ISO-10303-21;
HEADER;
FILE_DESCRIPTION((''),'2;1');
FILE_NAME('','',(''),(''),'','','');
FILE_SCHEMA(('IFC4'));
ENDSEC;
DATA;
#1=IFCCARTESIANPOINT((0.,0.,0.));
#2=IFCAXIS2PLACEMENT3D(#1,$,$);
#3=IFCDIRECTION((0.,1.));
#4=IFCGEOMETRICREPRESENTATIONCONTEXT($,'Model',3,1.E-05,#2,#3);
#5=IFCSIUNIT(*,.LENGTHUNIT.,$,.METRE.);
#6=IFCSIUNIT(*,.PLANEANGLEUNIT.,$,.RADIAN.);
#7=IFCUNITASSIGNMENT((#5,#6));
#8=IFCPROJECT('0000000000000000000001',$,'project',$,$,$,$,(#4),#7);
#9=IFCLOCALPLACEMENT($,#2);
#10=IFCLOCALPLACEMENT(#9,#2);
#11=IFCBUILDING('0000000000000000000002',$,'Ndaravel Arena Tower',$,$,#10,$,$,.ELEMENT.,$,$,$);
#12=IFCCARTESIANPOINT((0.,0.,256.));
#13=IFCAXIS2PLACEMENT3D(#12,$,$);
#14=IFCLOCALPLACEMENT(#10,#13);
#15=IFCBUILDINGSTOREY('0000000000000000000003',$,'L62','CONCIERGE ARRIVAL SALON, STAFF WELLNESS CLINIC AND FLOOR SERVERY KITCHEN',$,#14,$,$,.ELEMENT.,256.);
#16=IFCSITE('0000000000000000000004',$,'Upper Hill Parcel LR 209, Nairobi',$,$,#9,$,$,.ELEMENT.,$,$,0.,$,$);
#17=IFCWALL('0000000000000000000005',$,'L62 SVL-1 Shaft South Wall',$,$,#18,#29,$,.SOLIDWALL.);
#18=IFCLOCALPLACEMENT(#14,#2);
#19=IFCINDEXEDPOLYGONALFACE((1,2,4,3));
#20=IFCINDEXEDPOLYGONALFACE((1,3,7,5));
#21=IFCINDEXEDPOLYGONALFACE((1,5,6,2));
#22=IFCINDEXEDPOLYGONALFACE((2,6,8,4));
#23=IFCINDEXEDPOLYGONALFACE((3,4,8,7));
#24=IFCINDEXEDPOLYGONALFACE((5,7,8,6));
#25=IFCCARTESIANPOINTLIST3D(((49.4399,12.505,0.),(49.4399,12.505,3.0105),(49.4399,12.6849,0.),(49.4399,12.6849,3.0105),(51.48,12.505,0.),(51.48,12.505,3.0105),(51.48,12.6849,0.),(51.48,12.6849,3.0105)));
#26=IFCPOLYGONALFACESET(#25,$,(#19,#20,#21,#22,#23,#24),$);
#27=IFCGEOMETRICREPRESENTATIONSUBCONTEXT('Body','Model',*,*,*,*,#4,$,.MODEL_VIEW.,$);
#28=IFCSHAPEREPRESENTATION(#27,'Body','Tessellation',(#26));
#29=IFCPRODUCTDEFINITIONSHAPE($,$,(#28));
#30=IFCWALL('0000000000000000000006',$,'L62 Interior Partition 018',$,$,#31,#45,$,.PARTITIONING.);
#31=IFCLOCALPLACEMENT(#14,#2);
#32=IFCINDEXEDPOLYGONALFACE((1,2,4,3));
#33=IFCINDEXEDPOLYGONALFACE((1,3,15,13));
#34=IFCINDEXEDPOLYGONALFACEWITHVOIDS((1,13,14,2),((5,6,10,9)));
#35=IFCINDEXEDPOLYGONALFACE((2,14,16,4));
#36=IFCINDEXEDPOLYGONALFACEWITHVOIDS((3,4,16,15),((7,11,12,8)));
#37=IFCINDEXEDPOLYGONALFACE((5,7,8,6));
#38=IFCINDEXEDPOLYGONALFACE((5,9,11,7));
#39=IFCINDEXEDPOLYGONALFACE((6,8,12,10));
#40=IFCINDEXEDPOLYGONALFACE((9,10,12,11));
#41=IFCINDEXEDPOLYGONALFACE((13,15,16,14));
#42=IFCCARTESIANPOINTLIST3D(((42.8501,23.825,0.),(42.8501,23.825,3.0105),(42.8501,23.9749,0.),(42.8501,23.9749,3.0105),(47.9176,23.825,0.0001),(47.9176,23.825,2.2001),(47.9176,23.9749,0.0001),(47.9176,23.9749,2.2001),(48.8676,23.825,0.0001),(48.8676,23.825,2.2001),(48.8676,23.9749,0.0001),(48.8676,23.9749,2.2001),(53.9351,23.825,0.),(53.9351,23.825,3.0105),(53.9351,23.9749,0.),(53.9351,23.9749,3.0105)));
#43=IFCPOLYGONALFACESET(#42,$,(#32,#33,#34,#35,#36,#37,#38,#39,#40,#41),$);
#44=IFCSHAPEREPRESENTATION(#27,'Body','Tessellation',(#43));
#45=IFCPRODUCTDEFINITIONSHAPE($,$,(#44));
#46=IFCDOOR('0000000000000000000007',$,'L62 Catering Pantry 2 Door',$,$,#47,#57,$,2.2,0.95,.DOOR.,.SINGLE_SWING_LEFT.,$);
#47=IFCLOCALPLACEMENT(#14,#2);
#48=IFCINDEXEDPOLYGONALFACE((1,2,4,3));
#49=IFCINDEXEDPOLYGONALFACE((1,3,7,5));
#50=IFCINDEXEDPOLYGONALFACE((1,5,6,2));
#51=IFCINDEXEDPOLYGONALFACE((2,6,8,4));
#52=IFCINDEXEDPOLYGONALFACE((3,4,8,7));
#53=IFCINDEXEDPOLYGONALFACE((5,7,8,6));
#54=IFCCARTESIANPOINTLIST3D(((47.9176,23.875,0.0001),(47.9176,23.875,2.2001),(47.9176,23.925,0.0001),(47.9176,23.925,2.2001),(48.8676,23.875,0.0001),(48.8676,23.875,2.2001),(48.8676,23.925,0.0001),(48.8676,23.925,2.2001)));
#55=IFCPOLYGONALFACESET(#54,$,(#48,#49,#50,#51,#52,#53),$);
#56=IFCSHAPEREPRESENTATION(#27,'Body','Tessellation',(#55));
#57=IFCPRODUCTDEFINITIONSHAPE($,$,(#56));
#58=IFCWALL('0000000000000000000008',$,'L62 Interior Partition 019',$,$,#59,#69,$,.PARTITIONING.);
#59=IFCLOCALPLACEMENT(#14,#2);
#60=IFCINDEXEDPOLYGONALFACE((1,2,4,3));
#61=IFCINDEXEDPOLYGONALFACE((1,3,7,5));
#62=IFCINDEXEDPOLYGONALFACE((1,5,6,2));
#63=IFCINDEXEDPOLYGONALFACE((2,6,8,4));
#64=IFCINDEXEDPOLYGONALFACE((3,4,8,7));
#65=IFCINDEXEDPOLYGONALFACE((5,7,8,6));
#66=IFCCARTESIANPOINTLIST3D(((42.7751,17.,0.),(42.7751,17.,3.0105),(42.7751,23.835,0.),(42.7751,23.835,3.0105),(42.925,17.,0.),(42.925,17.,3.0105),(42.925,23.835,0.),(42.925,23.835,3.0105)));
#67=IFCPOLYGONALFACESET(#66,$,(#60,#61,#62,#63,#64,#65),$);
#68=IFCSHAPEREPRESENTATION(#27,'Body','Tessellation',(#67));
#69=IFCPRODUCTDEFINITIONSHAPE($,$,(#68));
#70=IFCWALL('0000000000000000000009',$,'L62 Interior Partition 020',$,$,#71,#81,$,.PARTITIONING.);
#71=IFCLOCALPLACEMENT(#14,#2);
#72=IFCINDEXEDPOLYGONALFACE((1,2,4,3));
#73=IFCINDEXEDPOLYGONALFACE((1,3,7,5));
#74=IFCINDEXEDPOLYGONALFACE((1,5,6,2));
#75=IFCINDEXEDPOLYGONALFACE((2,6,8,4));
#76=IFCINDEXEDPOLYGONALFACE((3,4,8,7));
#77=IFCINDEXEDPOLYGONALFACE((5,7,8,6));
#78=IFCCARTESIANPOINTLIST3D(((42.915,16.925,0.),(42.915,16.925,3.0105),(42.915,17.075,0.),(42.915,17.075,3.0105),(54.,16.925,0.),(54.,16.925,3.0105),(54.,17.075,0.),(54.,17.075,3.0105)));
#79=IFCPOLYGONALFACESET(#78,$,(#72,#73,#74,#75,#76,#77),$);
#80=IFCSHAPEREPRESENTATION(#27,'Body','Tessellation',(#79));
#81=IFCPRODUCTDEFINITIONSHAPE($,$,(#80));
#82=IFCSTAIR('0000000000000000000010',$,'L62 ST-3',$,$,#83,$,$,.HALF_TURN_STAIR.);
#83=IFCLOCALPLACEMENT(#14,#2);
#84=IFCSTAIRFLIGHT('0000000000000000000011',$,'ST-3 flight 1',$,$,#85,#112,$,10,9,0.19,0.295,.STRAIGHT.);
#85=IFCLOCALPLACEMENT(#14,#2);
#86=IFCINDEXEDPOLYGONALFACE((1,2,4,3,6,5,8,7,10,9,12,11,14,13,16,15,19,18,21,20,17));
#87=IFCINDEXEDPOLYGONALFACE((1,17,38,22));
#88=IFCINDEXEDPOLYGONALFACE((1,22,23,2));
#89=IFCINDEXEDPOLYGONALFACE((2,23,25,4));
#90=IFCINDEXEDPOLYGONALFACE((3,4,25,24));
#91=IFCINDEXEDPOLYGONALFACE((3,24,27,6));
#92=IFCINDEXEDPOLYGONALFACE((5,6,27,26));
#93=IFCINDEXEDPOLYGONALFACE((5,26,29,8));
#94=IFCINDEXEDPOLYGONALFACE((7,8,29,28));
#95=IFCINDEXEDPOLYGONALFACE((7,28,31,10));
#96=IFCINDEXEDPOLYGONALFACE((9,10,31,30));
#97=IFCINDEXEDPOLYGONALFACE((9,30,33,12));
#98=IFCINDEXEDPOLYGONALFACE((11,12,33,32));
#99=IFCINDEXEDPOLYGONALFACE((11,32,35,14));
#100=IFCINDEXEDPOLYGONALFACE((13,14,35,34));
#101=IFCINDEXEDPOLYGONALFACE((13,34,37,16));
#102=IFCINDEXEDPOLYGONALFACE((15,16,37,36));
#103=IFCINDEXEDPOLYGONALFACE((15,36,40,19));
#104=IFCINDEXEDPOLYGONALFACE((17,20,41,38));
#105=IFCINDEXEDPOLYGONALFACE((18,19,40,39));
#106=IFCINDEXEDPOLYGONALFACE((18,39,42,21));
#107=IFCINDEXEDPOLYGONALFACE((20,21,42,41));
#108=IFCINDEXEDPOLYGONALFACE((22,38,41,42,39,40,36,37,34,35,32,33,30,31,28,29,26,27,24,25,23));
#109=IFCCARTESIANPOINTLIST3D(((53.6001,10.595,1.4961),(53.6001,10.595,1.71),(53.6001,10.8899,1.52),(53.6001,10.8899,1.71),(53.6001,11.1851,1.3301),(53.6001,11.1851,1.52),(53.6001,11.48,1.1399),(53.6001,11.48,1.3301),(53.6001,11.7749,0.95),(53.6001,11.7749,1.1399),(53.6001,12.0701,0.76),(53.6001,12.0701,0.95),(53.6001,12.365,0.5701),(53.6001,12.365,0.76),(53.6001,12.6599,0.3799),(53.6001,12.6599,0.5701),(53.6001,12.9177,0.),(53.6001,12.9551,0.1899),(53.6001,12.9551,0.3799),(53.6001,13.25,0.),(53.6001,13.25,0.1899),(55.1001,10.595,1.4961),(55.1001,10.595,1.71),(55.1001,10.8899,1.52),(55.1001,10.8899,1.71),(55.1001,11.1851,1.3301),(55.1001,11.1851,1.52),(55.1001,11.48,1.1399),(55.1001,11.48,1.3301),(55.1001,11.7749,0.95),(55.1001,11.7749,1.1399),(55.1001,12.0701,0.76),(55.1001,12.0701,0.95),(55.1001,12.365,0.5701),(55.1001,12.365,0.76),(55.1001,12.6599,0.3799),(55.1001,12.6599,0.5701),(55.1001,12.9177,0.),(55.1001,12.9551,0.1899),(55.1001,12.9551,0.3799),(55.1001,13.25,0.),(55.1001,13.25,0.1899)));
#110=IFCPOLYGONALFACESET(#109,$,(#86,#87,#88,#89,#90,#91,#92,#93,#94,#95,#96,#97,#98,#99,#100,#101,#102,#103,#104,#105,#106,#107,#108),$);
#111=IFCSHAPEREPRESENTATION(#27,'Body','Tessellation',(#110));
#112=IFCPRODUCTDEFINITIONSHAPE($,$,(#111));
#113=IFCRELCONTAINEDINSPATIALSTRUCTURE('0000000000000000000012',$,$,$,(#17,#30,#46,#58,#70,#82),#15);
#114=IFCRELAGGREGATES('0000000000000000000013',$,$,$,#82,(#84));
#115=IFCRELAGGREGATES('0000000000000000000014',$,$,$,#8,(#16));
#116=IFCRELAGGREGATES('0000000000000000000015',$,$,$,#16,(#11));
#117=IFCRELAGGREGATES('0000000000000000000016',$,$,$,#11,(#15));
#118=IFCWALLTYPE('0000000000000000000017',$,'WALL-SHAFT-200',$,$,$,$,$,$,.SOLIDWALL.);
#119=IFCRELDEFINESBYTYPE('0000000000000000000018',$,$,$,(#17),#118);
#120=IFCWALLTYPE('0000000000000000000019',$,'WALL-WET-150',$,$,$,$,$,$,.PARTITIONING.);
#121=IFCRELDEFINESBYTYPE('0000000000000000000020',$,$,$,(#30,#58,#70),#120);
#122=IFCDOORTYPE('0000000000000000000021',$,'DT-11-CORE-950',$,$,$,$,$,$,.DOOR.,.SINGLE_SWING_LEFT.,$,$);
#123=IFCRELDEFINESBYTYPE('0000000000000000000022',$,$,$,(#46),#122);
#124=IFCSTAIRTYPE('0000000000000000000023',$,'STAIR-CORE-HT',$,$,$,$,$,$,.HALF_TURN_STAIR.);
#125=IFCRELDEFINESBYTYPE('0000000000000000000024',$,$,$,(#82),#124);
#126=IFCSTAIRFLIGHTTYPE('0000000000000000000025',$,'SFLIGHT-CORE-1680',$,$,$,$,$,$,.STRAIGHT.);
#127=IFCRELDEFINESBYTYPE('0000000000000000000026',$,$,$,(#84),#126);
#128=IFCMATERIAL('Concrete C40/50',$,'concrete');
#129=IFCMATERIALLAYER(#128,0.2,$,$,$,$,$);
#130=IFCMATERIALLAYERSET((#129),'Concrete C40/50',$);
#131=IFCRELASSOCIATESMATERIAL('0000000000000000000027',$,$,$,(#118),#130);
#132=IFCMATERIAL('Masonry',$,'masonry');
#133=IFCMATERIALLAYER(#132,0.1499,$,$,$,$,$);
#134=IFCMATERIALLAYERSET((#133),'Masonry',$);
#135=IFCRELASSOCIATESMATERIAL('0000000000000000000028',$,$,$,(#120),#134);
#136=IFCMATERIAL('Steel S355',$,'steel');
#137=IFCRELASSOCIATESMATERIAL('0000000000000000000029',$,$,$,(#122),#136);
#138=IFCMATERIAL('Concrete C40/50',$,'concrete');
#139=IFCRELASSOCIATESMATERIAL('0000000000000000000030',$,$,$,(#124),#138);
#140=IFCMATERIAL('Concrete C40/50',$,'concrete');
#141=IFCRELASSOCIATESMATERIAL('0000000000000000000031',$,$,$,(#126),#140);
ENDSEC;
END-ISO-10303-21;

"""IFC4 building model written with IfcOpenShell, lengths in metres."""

from ifc_helpers import new_model, si_unit, direction, frame, frame_2d, origin, place, context, subcontext, project, spatial, polyline, rectangle, outline, extrude, material, layer, layer_set, type_object, element, fill, aggregate, save


model = new_model("IFC4")

# Units and contexts
model_context = context("Model", 3, precision=1e-05, world=origin(), true_north=direction((0.0, 1.0)))
body_context = subcontext(model_context, "Body", "Model", "MODEL_VIEW")
ifc_project = project(units=[si_unit("LENGTHUNIT", "METRE"), si_unit("PLANEANGLEUNIT", "RADIAN")], contexts=[model_context])

# Site, building, storey
site_placement = place(None, origin())
site = spatial("IfcSite", under=ifc_project, at=site_placement, Name="Upper Hill Parcel LR 209, Nairobi", CompositionType="ELEMENT", RefElevation=0.0)
building_placement = place(site_placement, origin())
building = spatial("IfcBuilding", under=site, at=building_placement, Name="Ndaravel Arena Tower", CompositionType="ELEMENT")
storey_placement = place(building_placement, frame((0.0, 0.0, 256.0)))
storey = spatial("IfcBuildingStorey", under=building, at=storey_placement, Name="L62", Description="CONCIERGE ARRIVAL SALON, STAFF WELLNESS CLINIC AND FLOOR SERVERY KITCHEN", CompositionType="ELEMENT", Elevation=256.0)

# Wall
ifc_material_1 = material(Name="Concrete C40/50", Category="concrete")
ifc_layer_1 = layer(ifc_material_1, 0.2)
ifc_layer_set_1 = layer_set([ifc_layer_1], Name="Concrete C40/50")
wall_type_1 = type_object("IfcWallType", Name="WALL-SHAFT-200", PredefinedType="SOLIDWALL", material=ifc_layer_set_1)
wall_1_placement = place(storey_placement, frame((49.4399, 12.595, 0.0), z_axis=(0.0, 0.0, 1.0), x_axis=(1.0, 0.0, 0.0)))
element("IfcWall", 1, at=wall_1_placement, inside=storey, type_object=wall_type_1, Name="L62 SVL-1 Shaft South Wall", PredefinedType="SOLIDWALL", context=body_context, shape_type="SweptSolid", body=[
    extrude(rectangle(XDim=2.04, YDim=0.1799, at=frame_2d((1.02, 0.0))), origin(), (0.0, 0.0, 1.0), 3.0105),
])

# Wall, opening, door
ifc_material_2 = material(Name="Masonry", Category="masonry")
ifc_layer_2 = layer(ifc_material_2, 0.1499)
ifc_layer_set_2 = layer_set([ifc_layer_2], Name="Masonry")
wall_type_2 = type_object("IfcWallType", Name="WALL-WET-150", PredefinedType="PARTITIONING", material=ifc_layer_set_2)
wall_2_placement = place(storey_placement, frame((53.9351, 23.8999, 0.0), z_axis=(0.0, 0.0, 1.0), x_axis=(-1.0, 0.0, 0.0)))
wall_2 = element("IfcWall", 2, at=wall_2_placement, inside=storey, type_object=wall_type_2, Name="L62 Interior Partition 018", PredefinedType="PARTITIONING", context=body_context, shape_type="SweptSolid", body=[
    extrude(rectangle(XDim=11.085, YDim=0.1499, at=frame_2d((5.5425, 0.0))), origin(), (0.0, 0.0, 1.0), 3.0105),
])
opening_1_placement = place(wall_2_placement, frame((5.0674, 0.0, 0.0)))
opening_1 = element("IfcOpeningElement", 3, at=opening_1_placement, cuts=wall_2, PredefinedType="OPENING", context=body_context, shape_type="SweptSolid", body=[
    extrude(rectangle(XDim=0.95, YDim=2.2, at=frame_2d((0.4751, 1.1001))), frame((0.0, 0.075, 0.0), z_axis=(0.0, -1.0, 0.0), x_axis=(1.0, 0.0, 0.0)), (0.0, 0.0, 1.0), 0.1499),
])
ifc_material_3 = material(Name="Steel S355", Category="steel")
door_type_1 = type_object("IfcDoorType", Name="DT-11-CORE-950", OperationType="SINGLE_SWING_LEFT", PredefinedType="DOOR", material=ifc_material_3)
door_1_placement = place(opening_1_placement, origin())
door_1 = element("IfcDoor", 4, at=door_1_placement, inside=storey, type_object=door_type_1, Name="L62 Catering Pantry 2 Door", OperationType="SINGLE_SWING_LEFT", OverallHeight=2.2, OverallWidth=0.95, PredefinedType="DOOR", context=body_context, shape_type="SweptSolid", body=[
    extrude(rectangle(XDim=0.95, YDim=2.2, at=frame_2d((0.4751, 1.1001))), frame((0.0, 0.0249, 0.0), z_axis=(0.0, -1.0, 0.0), x_axis=(1.0, 0.0, 0.0)), (0.0, 0.0, 1.0), 0.05),
])
fill(opening_1, door_1)

# Walls
wall_3_placement = place(storey_placement, frame((42.8501, 23.835, 0.0), z_axis=(0.0, 0.0, 1.0), x_axis=(0.0, -1.0, 0.0)))
element("IfcWall", 5, at=wall_3_placement, inside=storey, type_object=wall_type_2, Name="L62 Interior Partition 019", PredefinedType="PARTITIONING", context=body_context, shape_type="SweptSolid", body=[
    extrude(rectangle(XDim=6.835, YDim=0.1499, at=frame_2d((3.4175, 0.0))), origin(), (0.0, 0.0, 1.0), 3.0105),
])
wall_4_placement = place(storey_placement, frame((42.915, 17.0, 0.0), z_axis=(0.0, 0.0, 1.0), x_axis=(1.0, 0.0, 0.0)))
element("IfcWall", 6, at=wall_4_placement, inside=storey, type_object=wall_type_2, Name="L62 Interior Partition 020", PredefinedType="PARTITIONING", context=body_context, shape_type="SweptSolid", body=[
    extrude(rectangle(XDim=11.085, YDim=0.1499, at=frame_2d((5.5425, 0.0))), origin(), (0.0, 0.0, 1.0), 3.0105),
])

# Stair, stair flight
ifc_material_4 = material(Name="Concrete C40/50", Category="concrete")
stair_type = type_object("IfcStairType", Name="STAIR-CORE-HT", PredefinedType="HALF_TURN_STAIR", material=ifc_material_4)
stair_placement = place(storey_placement, origin())
stair = element("IfcStair", 7, at=stair_placement, inside=storey, type_object=stair_type, Name="L62 ST-3", PredefinedType="HALF_TURN_STAIR")
ifc_material_5 = material(Name="Concrete C40/50", Category="concrete")
stair_flight_type = type_object("IfcStairFlightType", Name="SFLIGHT-CORE-1680", PredefinedType="STRAIGHT", material=ifc_material_5)
stair_flight_placement = place(storey_placement, frame((54.3501, 13.25, 0.0), z_axis=(0.0, 0.0, 1.0), x_axis=(0.0, -1.0, 0.0)))
stair_flight = element("IfcStairFlight", 8, at=stair_flight_placement, type_object=stair_flight_type, Name="ST-3 flight 1", NumberOfRisers=10, NumberOfTreads=9, PredefinedType="STRAIGHT", RiserHeight=0.19, TreadLength=0.295, context=body_context, shape_type="SweptSolid", body=[
    extrude(outline(polyline([(0.0, 0.0), (0.0, 0.1899), (0.2949, 0.1899), (0.2949, 0.3799), (0.5901, 0.3799), (0.5901, 0.5701), (0.885, 0.5701), (0.885, 0.76), (1.1799, 0.76), (1.1799, 0.95), (1.4751, 0.95), (1.4751, 1.1399), (1.77, 1.1399), (1.77, 1.3301), (2.0649, 1.3301), (2.0649, 1.52), (2.3601, 1.52), (2.3601, 1.71), (2.655, 1.71), (2.655, 1.8999), (2.655, 1.4961), (0.3323, 0.0), (0.0, 0.0)])), frame((0.0, 0.75, 0.0), z_axis=(0.0, -1.0, 0.0), x_axis=(1.0, 0.0, 0.0)), (0.0, 0.0, 1.0), 1.5),
])
aggregate(stair, [stair_flight])

save(model, "model.ifc")
